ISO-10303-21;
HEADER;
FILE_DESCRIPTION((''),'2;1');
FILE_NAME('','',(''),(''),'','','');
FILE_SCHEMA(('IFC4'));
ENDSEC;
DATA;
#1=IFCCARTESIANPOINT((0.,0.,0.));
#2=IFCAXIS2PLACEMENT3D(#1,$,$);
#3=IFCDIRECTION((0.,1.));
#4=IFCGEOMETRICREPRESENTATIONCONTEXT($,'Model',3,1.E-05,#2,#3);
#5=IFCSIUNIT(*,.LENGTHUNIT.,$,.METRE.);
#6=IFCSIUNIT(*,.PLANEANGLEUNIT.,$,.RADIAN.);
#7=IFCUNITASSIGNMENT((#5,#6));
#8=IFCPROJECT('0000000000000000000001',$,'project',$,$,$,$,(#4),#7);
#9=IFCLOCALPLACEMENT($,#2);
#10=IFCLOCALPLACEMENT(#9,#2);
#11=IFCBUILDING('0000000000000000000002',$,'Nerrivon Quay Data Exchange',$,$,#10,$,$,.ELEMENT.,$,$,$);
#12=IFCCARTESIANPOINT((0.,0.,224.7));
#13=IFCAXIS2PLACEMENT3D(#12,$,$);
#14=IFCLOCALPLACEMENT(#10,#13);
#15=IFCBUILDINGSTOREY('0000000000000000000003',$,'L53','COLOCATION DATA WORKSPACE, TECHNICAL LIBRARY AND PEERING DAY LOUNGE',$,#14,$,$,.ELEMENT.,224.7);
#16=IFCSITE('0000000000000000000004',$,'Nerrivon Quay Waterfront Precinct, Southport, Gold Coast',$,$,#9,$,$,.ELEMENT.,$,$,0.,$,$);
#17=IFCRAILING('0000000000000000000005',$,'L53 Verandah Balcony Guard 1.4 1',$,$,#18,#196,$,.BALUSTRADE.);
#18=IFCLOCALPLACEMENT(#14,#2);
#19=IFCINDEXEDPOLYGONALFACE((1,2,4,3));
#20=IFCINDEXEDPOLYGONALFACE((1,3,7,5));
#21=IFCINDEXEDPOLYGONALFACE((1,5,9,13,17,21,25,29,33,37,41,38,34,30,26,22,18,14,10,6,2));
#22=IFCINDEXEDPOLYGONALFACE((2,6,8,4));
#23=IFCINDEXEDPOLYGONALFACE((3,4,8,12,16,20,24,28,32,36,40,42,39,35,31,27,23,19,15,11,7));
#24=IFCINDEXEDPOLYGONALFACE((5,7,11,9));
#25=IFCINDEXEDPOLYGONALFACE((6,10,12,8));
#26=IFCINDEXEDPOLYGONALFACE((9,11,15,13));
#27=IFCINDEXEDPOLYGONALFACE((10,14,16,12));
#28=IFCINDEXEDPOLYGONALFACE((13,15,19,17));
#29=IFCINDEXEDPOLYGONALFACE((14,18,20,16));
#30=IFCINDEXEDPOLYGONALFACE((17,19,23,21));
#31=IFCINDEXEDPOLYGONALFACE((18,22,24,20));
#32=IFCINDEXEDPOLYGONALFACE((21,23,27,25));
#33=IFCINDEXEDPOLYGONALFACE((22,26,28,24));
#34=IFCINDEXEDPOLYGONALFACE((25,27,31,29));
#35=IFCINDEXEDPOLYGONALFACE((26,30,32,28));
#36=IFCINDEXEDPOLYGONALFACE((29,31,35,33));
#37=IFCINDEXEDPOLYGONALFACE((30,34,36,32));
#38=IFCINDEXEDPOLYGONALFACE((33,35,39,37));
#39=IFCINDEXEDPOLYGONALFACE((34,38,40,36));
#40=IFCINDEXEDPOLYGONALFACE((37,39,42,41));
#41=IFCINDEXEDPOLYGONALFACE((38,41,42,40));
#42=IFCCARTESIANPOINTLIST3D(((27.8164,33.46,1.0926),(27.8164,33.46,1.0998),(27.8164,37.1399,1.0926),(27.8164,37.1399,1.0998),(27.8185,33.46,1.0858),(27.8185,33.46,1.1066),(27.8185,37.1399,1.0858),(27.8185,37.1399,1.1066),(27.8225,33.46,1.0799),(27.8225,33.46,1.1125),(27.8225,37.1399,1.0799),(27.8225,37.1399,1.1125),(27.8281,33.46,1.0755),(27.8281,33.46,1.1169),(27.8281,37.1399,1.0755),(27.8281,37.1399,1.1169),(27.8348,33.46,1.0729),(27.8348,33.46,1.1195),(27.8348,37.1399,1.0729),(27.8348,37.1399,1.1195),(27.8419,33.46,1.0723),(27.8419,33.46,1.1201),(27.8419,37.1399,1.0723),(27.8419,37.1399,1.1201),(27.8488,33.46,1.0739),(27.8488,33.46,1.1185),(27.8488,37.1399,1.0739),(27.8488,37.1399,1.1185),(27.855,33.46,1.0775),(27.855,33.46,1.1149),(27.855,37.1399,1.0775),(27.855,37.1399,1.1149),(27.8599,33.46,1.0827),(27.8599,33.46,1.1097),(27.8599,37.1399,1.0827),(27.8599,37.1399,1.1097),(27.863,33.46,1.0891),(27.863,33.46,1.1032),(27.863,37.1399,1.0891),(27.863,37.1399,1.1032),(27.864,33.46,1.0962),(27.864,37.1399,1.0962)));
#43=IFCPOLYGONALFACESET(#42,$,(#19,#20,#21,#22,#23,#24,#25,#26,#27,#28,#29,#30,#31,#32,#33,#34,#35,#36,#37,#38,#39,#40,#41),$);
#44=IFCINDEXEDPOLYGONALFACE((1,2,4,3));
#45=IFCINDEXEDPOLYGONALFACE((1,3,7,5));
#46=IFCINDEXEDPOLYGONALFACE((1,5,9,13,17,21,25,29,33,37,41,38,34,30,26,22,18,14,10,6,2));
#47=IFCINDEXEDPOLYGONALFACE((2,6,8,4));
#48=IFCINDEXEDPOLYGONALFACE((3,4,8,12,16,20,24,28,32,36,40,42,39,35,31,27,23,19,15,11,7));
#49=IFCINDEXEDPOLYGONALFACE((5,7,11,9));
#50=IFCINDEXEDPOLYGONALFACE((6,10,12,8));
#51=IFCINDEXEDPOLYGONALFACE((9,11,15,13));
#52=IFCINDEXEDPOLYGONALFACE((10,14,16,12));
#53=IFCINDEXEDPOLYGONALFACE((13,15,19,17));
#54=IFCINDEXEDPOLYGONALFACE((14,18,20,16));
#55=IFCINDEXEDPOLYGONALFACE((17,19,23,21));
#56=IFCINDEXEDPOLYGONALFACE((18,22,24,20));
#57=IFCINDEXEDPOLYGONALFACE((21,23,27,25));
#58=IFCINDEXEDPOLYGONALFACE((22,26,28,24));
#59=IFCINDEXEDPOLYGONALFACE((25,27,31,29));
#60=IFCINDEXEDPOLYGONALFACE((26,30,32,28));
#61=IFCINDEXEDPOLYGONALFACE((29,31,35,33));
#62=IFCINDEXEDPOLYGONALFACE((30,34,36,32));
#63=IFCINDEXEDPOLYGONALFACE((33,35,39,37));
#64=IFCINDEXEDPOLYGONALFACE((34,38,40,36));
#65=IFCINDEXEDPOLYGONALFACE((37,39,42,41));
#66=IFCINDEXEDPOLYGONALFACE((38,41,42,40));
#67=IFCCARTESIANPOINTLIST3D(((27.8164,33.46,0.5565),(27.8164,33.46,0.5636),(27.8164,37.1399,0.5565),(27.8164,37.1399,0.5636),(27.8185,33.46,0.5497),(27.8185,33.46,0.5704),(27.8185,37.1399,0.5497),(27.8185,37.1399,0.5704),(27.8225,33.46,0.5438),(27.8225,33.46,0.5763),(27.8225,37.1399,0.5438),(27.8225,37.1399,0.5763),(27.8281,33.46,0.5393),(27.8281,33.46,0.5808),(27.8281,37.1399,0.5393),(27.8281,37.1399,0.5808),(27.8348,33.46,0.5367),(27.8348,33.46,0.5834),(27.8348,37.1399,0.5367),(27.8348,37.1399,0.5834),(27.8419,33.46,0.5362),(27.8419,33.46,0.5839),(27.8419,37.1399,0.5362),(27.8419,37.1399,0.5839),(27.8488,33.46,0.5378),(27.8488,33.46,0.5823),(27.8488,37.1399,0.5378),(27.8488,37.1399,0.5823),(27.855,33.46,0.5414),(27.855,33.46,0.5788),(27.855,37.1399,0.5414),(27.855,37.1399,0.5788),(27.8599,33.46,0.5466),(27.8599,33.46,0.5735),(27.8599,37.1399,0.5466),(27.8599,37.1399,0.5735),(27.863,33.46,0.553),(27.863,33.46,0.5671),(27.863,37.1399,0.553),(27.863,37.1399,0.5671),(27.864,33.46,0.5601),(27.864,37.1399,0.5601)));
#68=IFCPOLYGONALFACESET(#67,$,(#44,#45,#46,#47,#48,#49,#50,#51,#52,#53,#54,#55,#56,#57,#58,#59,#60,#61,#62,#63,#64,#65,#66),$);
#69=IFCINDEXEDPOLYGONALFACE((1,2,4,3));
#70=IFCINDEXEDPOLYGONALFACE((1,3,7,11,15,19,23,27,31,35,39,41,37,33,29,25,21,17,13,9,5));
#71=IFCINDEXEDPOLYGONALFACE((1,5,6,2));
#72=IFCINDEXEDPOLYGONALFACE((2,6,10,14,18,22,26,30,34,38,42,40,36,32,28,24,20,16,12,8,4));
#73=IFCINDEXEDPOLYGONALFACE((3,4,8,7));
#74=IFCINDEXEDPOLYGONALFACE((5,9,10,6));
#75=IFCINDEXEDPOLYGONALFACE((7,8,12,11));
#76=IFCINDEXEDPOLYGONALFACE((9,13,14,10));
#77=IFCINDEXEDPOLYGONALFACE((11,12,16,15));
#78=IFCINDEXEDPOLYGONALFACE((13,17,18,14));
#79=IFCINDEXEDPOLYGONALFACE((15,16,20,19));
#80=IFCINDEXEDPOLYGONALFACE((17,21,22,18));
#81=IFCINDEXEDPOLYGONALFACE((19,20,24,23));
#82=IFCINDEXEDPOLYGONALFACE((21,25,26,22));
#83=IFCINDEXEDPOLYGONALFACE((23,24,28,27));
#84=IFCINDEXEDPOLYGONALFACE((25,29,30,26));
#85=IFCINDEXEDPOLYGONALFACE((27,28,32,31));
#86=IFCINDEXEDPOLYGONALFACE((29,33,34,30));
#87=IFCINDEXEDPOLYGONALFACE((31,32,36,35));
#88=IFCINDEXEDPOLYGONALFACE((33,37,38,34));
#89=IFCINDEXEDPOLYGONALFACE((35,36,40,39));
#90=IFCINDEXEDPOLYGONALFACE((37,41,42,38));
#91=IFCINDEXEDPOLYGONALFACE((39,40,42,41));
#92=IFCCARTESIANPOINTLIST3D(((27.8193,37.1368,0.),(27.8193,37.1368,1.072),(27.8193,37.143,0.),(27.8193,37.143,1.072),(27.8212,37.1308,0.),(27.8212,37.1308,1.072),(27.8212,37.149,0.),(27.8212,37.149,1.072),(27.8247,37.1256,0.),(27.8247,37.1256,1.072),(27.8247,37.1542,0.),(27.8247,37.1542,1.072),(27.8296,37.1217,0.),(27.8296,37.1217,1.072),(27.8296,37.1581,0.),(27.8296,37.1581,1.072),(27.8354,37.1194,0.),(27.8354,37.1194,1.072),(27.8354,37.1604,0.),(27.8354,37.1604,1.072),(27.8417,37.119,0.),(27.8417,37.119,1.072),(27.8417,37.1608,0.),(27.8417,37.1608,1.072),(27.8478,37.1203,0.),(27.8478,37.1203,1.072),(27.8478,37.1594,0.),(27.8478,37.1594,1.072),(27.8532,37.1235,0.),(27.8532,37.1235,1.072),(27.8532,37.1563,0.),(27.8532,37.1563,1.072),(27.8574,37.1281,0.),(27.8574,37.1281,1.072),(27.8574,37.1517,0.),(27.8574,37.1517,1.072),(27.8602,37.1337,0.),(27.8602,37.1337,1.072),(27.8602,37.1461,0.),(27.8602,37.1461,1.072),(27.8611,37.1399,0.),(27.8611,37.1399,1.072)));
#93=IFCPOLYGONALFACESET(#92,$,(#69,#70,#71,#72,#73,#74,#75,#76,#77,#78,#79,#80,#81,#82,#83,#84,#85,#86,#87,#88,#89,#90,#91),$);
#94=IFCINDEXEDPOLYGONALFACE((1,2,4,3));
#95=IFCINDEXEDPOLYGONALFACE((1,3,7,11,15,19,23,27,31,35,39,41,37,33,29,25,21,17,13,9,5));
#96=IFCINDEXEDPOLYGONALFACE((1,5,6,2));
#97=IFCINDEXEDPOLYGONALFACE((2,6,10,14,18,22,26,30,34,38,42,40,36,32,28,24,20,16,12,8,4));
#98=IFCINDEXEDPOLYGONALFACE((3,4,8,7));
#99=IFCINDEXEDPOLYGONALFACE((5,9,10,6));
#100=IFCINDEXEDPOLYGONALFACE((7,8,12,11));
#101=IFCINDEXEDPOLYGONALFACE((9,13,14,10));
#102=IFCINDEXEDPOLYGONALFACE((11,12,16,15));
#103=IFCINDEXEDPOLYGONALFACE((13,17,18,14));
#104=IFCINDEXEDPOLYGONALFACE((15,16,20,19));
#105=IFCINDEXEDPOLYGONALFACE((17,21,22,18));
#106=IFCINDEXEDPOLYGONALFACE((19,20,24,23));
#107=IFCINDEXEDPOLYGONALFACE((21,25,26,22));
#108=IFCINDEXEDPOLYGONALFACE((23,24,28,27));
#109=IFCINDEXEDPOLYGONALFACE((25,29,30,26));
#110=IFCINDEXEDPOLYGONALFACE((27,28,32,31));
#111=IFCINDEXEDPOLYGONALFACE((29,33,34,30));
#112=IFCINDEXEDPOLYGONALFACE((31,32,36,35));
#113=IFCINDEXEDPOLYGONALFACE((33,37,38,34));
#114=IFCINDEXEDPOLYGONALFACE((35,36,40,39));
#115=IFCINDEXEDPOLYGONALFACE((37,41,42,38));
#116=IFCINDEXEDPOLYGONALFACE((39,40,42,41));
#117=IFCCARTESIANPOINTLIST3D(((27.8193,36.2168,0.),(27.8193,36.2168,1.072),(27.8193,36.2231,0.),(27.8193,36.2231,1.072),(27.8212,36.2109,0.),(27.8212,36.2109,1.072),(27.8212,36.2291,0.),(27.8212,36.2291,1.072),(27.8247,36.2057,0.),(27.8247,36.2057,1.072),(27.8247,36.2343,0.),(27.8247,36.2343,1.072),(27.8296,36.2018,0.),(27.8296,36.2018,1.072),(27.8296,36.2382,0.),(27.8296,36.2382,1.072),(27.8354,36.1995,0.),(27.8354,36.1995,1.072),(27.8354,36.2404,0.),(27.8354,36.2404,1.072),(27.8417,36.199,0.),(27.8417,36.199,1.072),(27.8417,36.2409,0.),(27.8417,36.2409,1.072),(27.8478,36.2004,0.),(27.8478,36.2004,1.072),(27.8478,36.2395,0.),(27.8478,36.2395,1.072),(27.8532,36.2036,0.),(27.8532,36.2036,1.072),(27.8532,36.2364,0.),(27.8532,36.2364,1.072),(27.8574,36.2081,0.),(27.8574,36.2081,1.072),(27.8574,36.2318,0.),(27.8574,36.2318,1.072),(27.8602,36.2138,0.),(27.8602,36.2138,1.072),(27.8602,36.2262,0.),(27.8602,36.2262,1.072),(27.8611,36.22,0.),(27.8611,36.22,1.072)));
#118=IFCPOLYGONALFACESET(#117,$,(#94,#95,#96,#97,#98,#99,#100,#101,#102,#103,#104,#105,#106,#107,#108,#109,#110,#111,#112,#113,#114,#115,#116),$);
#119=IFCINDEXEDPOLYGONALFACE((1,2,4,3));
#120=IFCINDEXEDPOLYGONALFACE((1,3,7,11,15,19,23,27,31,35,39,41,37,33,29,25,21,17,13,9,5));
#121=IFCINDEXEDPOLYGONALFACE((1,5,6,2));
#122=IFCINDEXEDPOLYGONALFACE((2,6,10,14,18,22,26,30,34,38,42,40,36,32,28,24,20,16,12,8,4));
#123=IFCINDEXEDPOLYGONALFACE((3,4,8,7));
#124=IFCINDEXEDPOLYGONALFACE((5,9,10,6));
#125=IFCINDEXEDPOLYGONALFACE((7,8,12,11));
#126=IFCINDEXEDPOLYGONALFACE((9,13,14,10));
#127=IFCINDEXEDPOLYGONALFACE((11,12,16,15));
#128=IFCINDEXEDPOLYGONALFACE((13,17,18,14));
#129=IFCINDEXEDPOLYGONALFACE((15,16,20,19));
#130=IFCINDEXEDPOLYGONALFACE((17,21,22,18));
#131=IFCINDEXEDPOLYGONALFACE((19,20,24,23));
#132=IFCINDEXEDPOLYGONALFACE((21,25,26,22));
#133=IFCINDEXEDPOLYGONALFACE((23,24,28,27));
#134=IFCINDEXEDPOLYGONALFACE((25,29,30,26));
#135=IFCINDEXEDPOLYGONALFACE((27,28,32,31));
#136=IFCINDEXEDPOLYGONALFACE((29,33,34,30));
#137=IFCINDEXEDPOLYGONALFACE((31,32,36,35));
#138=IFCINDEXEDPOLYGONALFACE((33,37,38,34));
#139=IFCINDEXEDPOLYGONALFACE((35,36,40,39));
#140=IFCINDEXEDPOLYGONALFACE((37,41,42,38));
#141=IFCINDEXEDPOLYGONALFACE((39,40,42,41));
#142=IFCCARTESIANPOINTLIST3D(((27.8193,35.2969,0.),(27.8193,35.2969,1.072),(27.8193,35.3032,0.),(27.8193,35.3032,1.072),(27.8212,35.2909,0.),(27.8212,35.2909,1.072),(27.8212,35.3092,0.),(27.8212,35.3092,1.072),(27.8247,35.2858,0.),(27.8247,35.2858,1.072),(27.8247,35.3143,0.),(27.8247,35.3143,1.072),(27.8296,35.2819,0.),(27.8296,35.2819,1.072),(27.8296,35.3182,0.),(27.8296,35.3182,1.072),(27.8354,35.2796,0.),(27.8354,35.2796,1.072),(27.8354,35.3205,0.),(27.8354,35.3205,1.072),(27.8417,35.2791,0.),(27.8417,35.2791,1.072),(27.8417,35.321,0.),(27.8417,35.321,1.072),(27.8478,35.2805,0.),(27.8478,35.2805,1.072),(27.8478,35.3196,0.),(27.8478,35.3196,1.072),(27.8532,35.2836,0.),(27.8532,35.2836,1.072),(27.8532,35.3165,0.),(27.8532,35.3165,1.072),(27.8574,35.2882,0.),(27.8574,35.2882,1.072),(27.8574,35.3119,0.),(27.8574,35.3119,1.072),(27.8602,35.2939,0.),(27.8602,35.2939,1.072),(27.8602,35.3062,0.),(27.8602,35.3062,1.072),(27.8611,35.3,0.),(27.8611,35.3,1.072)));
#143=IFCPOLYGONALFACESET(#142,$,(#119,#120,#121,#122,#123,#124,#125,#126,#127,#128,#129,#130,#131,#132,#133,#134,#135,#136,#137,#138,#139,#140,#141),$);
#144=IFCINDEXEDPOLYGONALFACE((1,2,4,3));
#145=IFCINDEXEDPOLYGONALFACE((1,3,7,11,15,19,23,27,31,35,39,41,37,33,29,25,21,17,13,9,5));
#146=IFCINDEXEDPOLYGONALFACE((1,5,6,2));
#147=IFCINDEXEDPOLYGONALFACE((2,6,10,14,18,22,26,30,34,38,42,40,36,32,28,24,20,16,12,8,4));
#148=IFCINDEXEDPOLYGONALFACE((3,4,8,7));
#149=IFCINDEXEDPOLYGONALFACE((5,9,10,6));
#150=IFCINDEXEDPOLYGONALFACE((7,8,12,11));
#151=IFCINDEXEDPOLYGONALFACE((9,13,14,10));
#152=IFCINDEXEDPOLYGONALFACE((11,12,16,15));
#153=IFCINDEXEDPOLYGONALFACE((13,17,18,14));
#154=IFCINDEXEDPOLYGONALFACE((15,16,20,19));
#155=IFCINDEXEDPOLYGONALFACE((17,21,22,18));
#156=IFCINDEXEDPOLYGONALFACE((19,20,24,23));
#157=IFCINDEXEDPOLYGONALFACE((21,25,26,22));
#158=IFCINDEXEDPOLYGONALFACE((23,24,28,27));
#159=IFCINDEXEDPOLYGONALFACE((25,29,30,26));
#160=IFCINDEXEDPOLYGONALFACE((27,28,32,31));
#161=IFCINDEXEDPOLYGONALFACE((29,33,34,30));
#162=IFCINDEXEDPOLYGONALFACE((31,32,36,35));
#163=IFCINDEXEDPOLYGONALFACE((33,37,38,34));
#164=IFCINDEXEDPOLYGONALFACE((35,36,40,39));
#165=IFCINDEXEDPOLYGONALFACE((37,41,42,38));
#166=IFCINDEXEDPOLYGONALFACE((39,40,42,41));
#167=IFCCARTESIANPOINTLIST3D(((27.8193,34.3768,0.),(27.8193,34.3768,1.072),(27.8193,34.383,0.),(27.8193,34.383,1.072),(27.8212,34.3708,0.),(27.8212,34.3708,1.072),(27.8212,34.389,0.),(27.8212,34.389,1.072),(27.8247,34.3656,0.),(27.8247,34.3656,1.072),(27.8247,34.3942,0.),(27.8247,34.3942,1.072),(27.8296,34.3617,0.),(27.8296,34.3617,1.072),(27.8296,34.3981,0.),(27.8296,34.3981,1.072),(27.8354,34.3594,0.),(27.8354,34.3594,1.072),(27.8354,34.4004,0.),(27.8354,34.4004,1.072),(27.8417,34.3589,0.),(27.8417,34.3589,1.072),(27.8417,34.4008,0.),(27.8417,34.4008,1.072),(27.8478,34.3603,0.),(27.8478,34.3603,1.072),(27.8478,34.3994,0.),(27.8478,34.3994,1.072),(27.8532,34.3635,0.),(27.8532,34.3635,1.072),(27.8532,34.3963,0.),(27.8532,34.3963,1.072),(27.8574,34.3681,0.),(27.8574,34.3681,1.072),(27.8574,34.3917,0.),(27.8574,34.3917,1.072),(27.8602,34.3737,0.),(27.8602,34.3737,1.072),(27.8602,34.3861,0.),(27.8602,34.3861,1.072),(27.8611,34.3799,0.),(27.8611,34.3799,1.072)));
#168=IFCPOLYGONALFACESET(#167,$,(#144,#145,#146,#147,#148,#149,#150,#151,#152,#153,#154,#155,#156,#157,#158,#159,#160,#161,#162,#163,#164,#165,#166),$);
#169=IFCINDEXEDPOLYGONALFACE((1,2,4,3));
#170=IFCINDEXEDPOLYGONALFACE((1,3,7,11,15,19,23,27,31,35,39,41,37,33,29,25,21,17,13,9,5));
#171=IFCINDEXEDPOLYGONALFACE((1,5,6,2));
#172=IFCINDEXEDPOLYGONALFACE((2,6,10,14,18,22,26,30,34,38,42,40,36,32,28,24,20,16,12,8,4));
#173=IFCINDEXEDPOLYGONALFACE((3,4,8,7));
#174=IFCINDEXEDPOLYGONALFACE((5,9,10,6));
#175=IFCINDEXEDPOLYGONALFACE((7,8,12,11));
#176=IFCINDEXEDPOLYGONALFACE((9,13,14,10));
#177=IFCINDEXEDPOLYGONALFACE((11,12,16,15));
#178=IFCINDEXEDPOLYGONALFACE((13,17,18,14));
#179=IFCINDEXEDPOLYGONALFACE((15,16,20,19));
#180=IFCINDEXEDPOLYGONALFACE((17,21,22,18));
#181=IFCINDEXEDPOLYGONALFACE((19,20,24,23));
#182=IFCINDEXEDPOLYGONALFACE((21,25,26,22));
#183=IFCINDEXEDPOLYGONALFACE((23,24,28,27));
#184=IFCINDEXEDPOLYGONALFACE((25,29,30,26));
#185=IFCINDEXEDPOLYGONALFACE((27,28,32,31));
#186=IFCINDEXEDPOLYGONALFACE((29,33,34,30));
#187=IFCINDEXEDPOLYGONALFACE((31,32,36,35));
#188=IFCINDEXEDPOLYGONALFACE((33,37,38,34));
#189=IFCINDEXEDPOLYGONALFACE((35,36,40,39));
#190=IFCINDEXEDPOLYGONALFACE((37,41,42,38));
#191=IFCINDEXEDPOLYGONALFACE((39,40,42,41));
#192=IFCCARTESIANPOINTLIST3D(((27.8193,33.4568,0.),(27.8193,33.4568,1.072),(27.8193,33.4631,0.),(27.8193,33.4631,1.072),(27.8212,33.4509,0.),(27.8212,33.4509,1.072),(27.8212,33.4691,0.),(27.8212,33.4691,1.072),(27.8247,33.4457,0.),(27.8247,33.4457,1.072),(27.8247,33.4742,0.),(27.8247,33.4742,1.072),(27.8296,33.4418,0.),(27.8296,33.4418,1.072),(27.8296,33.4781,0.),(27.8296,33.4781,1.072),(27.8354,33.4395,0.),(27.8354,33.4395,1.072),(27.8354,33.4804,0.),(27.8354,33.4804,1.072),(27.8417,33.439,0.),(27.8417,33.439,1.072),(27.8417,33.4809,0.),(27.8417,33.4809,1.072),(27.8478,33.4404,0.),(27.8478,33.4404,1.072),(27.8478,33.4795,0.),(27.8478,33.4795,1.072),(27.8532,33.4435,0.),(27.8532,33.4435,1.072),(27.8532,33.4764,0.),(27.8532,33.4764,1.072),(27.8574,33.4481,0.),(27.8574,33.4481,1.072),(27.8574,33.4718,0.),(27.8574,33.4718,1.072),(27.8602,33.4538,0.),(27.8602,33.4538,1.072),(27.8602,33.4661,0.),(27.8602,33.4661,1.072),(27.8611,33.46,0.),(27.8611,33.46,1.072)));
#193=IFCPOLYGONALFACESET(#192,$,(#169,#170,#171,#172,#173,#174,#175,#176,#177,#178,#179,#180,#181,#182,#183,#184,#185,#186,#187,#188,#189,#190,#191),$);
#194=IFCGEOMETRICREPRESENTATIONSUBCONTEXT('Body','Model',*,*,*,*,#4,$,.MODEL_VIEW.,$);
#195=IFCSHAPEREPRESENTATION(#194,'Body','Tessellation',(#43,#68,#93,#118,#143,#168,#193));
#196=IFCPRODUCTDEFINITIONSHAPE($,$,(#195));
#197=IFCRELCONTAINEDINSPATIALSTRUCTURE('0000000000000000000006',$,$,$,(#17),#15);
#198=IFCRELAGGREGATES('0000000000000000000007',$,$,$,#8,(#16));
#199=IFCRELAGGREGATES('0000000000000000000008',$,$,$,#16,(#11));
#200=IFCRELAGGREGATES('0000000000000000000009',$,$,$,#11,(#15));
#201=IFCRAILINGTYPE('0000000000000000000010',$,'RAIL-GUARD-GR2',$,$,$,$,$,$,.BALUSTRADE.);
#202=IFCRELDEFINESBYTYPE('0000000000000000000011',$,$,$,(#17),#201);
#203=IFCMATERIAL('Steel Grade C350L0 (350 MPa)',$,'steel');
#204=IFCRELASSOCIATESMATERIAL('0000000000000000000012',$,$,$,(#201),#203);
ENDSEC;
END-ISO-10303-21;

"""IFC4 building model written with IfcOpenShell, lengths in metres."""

from ifc_helpers import new_model, si_unit, direction, frame, origin, origin_2d, place, context, subcontext, project, spatial, circle, extrude, material, type_object, element, save


model = new_model("IFC4")

# Units and contexts
model_context = context("Model", 3, precision=1e-05, world=origin(), true_north=direction((0.0, 1.0)))
body_context = subcontext(model_context, "Body", "Model", "MODEL_VIEW")
ifc_project = project(units=[si_unit("LENGTHUNIT", "METRE"), si_unit("PLANEANGLEUNIT", "RADIAN")], contexts=[model_context])

# Site, building, storey
site_placement = place(None, origin())
site = spatial("IfcSite", under=ifc_project, at=site_placement, Name="Nerrivon Quay Waterfront Precinct, Southport, Gold Coast", CompositionType="ELEMENT", RefElevation=0.0)
building_placement = place(site_placement, origin())
building = spatial("IfcBuilding", under=site, at=building_placement, Name="Nerrivon Quay Data Exchange", CompositionType="ELEMENT")
storey_placement = place(building_placement, frame((0.0, 0.0, 224.7)))
storey = spatial("IfcBuildingStorey", under=building, at=storey_placement, Name="L53", Description="COLOCATION DATA WORKSPACE, TECHNICAL LIBRARY AND PEERING DAY LOUNGE", CompositionType="ELEMENT", Elevation=224.7)

# Shared definitions
ifc_material_1 = material(Name="Steel Grade C350L0 (350 MPa)", Category="steel")

# Railing
railing_type = type_object("IfcRailingType", Name="RAIL-GUARD-GR2", PredefinedType="BALUSTRADE", material=ifc_material_1)
railing_1_placement = place(storey_placement, frame((27.8401, 37.1399, 0.0)))
element("IfcRailing", 1, at=railing_1_placement, inside=storey, type_object=railing_type, Name="L53 Verandah Balcony Guard 1.4 1", PredefinedType="BALUSTRADE", context=body_context, shape_type="SweptSolid", body=[
    extrude(circle(Radius=0.0239, at=origin_2d()), frame((0.0, 0.0, 1.0962), z_axis=(0.0, -1.0, 0.0), x_axis=(1.0, 0.0, 0.0)), (0.0, 0.0, 1.0), 3.6799),
    extrude(circle(Radius=0.0239, at=origin_2d()), frame((0.0, 0.0, 0.5601), z_axis=(0.0, -1.0, 0.0), x_axis=(1.0, 0.0, 0.0)), (0.0, 0.0, 1.0), 3.6799),
    extrude(circle(Radius=0.021, at=origin_2d()), origin(), (0.0, 0.0, 1.0), 1.072),
    extrude(circle(Radius=0.021, at=origin_2d()), frame((0.0, -0.9199, 0.0)), (0.0, 0.0, 1.0), 1.072),
    extrude(circle(Radius=0.021, at=origin_2d()), frame((0.0, -1.8398, 0.0)), (0.0, 0.0, 1.0), 1.072),
    extrude(circle(Radius=0.021, at=origin_2d()), frame((0.0, -2.76, 0.0)), (0.0, 0.0, 1.0), 1.072),
    extrude(circle(Radius=0.021, at=origin_2d()), frame((0.0, -3.6799, 0.0)), (0.0, 0.0, 1.0), 1.072),
])

save(model, "model.ifc")
